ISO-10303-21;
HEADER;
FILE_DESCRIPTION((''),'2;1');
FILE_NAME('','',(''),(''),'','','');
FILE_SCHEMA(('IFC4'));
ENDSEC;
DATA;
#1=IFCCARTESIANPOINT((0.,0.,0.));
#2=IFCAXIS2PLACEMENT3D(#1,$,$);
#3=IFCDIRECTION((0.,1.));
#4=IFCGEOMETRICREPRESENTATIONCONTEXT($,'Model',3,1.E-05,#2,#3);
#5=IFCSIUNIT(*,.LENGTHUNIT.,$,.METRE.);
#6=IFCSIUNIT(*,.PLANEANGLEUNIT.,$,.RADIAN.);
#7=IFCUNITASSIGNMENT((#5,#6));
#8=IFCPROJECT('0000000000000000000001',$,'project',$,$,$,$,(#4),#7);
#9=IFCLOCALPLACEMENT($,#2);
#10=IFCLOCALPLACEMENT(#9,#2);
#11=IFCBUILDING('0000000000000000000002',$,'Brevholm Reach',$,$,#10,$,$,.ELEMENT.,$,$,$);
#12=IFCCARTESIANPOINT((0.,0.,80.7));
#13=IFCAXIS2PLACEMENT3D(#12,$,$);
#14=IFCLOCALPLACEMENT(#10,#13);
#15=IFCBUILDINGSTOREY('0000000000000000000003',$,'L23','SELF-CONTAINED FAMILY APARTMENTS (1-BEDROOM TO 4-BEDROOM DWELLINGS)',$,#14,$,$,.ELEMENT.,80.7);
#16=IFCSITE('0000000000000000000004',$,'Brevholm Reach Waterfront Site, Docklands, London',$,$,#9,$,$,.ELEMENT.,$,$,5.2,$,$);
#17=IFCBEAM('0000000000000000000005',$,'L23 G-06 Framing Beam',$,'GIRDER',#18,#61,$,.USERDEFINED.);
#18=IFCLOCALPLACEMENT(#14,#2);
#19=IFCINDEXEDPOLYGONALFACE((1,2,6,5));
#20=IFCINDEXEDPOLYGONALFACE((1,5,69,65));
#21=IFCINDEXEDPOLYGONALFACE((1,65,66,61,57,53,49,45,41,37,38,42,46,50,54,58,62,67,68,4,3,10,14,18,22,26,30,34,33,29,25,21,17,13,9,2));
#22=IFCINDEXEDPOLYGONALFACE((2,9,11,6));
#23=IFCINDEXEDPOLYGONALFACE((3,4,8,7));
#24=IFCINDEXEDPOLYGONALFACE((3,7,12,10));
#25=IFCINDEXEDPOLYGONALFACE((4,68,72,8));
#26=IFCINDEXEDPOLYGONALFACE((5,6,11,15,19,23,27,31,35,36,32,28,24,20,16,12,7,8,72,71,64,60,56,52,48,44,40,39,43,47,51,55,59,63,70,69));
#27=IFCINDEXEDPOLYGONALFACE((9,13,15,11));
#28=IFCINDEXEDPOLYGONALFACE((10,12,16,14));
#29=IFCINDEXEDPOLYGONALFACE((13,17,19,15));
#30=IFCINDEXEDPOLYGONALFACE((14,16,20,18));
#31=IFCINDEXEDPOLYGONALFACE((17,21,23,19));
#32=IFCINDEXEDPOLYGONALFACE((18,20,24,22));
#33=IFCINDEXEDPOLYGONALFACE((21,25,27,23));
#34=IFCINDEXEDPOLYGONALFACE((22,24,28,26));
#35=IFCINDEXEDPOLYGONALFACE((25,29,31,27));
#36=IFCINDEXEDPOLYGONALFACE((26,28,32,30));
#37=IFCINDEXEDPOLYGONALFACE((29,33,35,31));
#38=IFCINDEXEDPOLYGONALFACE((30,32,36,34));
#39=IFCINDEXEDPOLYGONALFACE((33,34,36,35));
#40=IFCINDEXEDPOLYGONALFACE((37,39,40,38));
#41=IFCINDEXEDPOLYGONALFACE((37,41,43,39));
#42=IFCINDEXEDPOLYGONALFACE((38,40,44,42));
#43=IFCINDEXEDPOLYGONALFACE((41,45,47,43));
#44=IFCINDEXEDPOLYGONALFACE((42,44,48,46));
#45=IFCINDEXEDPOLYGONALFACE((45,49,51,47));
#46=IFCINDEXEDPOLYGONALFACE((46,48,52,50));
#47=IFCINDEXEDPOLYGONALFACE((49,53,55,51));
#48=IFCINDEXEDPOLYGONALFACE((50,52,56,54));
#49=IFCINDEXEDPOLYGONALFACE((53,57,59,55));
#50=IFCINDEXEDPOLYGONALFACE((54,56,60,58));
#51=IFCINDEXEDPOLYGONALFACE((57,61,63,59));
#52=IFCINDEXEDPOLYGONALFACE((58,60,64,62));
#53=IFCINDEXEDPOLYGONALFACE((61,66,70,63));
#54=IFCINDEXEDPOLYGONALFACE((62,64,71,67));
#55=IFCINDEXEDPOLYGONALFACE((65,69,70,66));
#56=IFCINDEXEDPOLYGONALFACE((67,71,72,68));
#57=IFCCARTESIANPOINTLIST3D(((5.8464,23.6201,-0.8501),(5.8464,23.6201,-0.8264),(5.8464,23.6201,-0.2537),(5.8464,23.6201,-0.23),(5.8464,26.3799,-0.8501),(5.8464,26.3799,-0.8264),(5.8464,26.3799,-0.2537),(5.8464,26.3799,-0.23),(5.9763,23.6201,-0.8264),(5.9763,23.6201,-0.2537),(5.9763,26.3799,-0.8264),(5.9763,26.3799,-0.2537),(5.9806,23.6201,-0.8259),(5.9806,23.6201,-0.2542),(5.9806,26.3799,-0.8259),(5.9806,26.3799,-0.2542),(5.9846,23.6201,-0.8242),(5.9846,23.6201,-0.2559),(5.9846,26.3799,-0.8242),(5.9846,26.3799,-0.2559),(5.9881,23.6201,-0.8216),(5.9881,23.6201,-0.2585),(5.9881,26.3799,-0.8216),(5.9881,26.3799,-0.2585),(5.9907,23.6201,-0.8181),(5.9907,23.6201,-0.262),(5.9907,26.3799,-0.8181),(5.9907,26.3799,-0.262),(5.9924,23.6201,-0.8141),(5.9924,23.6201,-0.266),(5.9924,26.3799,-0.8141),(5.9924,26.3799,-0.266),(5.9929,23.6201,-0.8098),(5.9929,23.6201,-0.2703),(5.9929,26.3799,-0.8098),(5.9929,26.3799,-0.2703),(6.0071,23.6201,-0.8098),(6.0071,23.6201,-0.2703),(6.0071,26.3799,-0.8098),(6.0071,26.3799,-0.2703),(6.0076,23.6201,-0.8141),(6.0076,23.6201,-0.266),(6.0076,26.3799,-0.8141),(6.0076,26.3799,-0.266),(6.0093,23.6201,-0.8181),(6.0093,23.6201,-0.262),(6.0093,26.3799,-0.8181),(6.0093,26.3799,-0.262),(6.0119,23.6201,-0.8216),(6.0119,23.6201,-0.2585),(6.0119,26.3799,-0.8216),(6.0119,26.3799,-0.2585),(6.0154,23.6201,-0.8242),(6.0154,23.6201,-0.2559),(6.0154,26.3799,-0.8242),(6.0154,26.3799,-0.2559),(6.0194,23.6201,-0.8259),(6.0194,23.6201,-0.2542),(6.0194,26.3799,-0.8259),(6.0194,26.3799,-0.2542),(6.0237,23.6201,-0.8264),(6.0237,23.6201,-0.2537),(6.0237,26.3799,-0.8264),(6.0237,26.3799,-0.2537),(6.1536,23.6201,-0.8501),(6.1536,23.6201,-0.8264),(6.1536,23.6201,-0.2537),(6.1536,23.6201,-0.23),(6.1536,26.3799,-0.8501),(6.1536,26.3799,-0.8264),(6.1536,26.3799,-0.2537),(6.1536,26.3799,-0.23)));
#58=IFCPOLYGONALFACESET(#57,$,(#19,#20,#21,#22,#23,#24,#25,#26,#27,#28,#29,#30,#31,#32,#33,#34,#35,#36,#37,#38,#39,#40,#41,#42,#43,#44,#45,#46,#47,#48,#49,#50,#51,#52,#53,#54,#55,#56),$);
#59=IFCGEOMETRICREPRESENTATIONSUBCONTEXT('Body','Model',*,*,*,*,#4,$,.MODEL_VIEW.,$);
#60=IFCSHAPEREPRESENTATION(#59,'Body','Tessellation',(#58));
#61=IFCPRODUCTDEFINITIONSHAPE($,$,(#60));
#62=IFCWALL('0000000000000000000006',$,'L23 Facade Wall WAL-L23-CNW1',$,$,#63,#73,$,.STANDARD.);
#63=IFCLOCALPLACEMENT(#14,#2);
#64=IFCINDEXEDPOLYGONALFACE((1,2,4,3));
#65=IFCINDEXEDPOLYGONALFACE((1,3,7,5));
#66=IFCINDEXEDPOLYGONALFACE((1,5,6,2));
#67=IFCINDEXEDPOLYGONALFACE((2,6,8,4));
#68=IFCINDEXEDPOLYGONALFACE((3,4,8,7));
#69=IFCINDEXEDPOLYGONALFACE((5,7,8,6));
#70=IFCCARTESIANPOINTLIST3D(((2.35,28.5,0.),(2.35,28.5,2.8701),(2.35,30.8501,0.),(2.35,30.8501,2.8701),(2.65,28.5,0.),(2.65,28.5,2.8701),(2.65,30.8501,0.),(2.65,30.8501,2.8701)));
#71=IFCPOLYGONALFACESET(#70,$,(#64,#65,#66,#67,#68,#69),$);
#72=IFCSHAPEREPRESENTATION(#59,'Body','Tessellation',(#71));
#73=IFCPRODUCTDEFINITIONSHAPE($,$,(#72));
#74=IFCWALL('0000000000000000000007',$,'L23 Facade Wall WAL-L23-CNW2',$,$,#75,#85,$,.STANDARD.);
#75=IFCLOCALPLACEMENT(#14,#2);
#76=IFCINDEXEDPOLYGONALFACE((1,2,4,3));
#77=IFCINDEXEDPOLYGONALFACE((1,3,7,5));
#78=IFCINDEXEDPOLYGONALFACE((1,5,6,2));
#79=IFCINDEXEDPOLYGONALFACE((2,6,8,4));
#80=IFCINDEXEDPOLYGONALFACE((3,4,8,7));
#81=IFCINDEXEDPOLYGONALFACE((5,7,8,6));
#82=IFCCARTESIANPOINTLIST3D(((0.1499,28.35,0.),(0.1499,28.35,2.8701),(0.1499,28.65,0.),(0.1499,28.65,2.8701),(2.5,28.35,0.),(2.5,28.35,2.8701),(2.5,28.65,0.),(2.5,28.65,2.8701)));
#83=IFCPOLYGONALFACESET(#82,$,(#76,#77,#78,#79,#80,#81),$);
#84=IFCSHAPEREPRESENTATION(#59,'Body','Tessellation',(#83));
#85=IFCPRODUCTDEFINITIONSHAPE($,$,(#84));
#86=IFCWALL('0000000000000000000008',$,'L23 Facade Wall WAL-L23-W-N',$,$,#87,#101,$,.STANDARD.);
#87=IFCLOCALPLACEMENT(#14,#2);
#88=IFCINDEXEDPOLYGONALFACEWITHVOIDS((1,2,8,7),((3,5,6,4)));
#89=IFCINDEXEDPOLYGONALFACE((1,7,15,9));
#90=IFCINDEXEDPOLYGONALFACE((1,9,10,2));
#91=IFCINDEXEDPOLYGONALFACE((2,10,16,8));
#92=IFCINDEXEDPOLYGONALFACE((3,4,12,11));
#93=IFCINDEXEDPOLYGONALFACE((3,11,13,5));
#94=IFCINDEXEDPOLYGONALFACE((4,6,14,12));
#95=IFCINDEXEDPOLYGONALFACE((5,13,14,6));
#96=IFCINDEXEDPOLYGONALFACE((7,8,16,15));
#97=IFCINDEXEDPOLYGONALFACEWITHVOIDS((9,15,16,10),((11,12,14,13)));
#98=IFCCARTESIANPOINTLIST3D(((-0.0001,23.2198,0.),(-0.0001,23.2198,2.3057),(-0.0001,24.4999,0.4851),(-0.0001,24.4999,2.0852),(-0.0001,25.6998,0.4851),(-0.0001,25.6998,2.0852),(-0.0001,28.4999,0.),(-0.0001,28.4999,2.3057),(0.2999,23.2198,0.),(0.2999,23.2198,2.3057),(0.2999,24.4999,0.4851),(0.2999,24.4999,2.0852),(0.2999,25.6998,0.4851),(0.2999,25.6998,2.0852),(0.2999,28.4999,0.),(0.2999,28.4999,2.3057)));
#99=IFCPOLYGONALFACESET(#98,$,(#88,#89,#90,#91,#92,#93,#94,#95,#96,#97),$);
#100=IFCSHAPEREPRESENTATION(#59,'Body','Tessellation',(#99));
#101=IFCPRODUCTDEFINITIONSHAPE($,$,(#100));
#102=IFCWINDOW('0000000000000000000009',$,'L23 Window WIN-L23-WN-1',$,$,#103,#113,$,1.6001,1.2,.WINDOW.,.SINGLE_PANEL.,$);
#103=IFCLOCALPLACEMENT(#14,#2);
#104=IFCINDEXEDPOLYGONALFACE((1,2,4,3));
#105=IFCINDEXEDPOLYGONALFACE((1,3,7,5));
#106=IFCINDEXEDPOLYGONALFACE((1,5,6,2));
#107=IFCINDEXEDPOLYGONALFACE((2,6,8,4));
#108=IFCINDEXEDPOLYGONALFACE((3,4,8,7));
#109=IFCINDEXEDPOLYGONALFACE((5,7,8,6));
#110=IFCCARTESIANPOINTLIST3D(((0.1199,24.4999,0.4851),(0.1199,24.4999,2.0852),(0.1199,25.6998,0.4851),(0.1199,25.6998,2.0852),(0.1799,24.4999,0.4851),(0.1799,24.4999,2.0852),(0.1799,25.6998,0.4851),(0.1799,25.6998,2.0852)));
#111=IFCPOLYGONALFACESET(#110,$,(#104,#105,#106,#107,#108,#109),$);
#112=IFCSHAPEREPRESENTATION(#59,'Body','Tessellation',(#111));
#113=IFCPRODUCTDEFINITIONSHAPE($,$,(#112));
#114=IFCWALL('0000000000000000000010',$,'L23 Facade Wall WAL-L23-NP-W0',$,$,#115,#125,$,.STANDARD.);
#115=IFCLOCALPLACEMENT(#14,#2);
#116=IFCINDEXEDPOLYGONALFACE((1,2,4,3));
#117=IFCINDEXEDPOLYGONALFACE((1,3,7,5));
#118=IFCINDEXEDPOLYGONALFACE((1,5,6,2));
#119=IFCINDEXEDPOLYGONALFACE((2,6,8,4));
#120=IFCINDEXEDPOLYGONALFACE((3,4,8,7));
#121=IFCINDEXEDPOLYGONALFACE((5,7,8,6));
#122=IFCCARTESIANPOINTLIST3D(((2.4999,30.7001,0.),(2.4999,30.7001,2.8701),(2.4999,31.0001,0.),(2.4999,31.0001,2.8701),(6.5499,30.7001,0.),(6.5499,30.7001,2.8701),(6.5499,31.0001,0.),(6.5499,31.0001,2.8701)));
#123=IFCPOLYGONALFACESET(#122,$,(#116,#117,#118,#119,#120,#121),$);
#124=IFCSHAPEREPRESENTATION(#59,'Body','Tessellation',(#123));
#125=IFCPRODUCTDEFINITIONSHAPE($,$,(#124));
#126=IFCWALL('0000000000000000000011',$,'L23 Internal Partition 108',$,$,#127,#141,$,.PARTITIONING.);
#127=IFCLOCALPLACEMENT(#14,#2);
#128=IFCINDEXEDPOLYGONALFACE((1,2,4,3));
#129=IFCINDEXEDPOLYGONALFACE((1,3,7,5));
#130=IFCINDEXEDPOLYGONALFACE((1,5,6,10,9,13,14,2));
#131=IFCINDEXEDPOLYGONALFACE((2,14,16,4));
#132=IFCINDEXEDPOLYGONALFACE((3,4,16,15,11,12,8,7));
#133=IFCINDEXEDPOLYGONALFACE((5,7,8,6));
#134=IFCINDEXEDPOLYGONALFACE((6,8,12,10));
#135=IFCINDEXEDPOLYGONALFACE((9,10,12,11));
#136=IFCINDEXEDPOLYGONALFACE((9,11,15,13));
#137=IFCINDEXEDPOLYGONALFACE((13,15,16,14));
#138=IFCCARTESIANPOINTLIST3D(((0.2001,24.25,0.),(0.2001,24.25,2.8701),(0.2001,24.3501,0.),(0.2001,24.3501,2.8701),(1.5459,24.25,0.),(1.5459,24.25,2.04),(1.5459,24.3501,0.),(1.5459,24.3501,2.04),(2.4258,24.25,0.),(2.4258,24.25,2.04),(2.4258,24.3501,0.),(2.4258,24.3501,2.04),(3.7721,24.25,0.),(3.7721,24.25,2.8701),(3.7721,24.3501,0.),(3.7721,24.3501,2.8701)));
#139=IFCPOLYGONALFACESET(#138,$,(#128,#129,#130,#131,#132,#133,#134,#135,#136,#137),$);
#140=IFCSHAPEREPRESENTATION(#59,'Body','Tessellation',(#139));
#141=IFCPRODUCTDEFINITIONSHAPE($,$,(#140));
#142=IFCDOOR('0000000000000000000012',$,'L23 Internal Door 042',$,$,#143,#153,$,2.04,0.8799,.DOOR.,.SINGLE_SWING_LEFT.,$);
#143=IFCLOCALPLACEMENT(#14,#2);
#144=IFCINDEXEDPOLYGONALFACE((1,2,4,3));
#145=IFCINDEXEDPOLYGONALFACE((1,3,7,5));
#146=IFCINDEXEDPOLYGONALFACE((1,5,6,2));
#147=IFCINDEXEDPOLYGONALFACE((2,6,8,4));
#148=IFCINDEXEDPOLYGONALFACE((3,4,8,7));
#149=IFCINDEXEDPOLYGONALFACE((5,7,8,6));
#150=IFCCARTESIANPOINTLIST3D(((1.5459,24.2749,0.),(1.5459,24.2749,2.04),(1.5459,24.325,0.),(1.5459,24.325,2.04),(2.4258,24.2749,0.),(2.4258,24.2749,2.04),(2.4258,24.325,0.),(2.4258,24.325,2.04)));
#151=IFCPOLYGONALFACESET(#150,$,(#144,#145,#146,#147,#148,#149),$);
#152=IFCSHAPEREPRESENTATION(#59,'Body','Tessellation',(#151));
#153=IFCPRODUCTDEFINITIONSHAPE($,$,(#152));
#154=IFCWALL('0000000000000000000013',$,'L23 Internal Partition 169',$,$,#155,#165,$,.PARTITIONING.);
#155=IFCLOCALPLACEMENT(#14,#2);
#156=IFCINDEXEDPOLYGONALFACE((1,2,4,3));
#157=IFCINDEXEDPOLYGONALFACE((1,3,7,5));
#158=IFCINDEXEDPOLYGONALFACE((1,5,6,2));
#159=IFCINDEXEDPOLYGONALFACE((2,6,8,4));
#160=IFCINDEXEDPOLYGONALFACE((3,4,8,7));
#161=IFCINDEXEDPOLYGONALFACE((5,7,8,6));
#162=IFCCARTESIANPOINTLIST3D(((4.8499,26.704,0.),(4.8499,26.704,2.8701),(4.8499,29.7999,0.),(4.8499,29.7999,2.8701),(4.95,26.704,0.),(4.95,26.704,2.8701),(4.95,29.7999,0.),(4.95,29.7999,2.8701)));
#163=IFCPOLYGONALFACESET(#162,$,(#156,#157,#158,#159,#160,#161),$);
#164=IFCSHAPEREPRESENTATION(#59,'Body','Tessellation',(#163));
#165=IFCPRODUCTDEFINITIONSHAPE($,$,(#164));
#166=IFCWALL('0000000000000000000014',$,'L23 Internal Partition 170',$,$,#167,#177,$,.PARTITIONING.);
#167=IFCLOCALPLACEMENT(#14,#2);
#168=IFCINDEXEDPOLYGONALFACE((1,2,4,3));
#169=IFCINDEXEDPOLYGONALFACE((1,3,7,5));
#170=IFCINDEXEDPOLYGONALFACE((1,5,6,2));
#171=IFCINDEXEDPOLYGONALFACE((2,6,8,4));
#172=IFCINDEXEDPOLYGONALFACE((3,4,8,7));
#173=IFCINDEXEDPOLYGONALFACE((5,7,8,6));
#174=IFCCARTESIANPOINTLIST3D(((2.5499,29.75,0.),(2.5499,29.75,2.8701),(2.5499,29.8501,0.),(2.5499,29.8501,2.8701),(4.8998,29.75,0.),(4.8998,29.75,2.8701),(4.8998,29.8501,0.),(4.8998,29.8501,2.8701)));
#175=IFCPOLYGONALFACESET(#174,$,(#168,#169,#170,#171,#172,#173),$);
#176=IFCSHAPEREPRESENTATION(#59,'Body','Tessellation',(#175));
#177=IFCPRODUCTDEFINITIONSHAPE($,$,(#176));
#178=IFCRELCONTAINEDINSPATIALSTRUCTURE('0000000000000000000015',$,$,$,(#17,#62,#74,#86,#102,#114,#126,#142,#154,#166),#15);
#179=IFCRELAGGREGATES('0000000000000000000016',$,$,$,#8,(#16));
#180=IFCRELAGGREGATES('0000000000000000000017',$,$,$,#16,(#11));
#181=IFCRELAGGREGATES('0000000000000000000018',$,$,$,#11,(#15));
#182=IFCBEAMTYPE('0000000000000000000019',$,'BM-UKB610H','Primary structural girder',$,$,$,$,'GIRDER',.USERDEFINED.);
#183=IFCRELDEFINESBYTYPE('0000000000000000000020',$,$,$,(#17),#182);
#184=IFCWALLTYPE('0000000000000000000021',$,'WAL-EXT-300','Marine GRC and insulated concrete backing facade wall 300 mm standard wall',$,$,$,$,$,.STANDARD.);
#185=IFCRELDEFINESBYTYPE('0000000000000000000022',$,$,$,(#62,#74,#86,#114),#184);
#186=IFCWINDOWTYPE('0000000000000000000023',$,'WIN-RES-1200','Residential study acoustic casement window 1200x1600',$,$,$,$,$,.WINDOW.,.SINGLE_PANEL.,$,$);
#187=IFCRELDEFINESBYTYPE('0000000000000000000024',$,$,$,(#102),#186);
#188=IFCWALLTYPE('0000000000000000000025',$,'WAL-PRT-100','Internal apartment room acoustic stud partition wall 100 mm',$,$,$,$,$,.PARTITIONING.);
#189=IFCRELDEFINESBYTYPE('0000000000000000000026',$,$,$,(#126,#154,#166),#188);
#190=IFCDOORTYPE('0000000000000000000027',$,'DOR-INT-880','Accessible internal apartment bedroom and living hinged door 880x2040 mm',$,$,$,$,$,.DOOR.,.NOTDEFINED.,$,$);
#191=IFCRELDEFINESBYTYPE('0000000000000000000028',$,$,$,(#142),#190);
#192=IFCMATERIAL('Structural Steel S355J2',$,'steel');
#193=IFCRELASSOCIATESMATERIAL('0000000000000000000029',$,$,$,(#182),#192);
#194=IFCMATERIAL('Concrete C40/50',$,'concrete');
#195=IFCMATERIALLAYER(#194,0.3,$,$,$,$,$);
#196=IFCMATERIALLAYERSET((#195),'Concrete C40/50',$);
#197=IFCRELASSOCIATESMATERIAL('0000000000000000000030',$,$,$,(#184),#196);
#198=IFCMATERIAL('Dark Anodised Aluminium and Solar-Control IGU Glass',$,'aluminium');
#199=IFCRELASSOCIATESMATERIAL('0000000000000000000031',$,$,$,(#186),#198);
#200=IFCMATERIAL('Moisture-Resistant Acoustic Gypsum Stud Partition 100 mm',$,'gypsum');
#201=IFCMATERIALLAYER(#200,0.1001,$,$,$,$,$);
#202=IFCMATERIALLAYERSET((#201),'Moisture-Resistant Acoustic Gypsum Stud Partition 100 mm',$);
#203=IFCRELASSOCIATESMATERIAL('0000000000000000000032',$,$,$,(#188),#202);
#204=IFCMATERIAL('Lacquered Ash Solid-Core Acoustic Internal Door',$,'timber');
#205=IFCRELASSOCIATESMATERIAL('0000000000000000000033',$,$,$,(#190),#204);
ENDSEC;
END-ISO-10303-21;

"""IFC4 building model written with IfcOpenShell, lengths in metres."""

from ifc_helpers import new_model, si_unit, direction, frame, frame_2d, origin, origin_2d, place, context, subcontext, project, spatial, rectangle, i_section, extrude, material, layer, layer_set, material_profile, profile_set, type_object, element, fill, save


model = new_model("IFC4")

# Units and contexts
model_context = context("Model", 3, precision=1e-05, world=origin(), true_north=direction((0.0, 1.0)))
body_context = subcontext(model_context, "Body", "Model", "MODEL_VIEW")
ifc_project = project(units=[si_unit("LENGTHUNIT", "METRE"), si_unit("PLANEANGLEUNIT", "RADIAN")], contexts=[model_context])

# Site, building, storey
site_placement = place(None, origin())
site = spatial("IfcSite", under=ifc_project, at=site_placement, Name="Brevholm Reach Waterfront Site, Docklands, London", CompositionType="ELEMENT", RefElevation=5.2)
building_placement = place(site_placement, origin())
building = spatial("IfcBuilding", under=site, at=building_placement, Name="Brevholm Reach", CompositionType="ELEMENT")
storey_placement = place(building_placement, frame((0.0, 0.0, 80.7)))
storey = spatial("IfcBuildingStorey", under=building, at=storey_placement, Name="L23", Description="SELF-CONTAINED FAMILY APARTMENTS (1-BEDROOM TO 4-BEDROOM DWELLINGS)", CompositionType="ELEMENT", Elevation=80.7)

# Beam
ifc_material_1 = material(Name="Structural Steel S355J2", Category="steel")
ifc_material_profile_1 = material_profile(ifc_material_1, i_section(OverallWidth=0.3071, OverallDepth=0.6201, WebThickness=0.0142, FlangeThickness=0.0237, FilletRadius=0.0166, at=origin_2d()), Name="UKB 610x305x179")
ifc_profile_set_1 = profile_set([ifc_material_profile_1], Name="Structural Steel S355J2")
beam_type = type_object("IfcBeamType", Name="BM-UKB610H", Description="Primary structural girder", ElementType="GIRDER", PredefinedType="USERDEFINED", material=ifc_profile_set_1)
beam_1_placement = place(storey_placement, frame((6.0, 23.6201, -0.54), z_axis=(0.0, 1.0, 0.0), x_axis=(-1.0, 0.0, 0.0)))
element("IfcBeam", 1, at=beam_1_placement, inside=storey, type_object=beam_type, Name="L23 G-06 Framing Beam", ObjectType="GIRDER", PredefinedType="USERDEFINED", context=body_context, shape_type="SweptSolid", body=[
    extrude(i_section(OverallWidth=0.3071, OverallDepth=0.6201, WebThickness=0.0142, FlangeThickness=0.0237, FilletRadius=0.0166, at=origin_2d()), origin(), (0.0, 0.0, 1.0), 2.7598),
])

# Walls
ifc_material_2 = material(Name="Concrete C40/50", Category="concrete")
ifc_layer_1 = layer(ifc_material_2, 0.3)
ifc_layer_set_1 = layer_set([ifc_layer_1], Name="Concrete C40/50")
wall_type_1 = type_object("IfcWallType", Name="WAL-EXT-300", Description="Marine GRC and insulated concrete backing facade wall 300 mm standard wall", PredefinedType="STANDARD", material=ifc_layer_set_1)
for number, where, z_axis, x_axis, name in (
    (2, (2.5, 30.8501, 0.0), (0.0, 0.0, 1.0), (0.0, -1.0, 0.0), "L23 Facade Wall WAL-L23-CNW1"),
    (3, (2.5, 28.5, 0.0), (0.0, 0.0, 1.0), (-1.0, 0.0, 0.0), "L23 Facade Wall WAL-L23-CNW2"),
):
    element("IfcWall", number, at=place(storey_placement, frame(where, z_axis=z_axis, x_axis=x_axis)), inside=storey, type_object=wall_type_1, Name=name, PredefinedType="STANDARD", context=body_context, shape_type="SweptSolid", body=[
        extrude(rectangle(XDim=2.3501, YDim=0.3, at=frame_2d((1.175, 0.0))), origin(), (0.0, 0.0, 1.0), 2.8701),
    ])

# Wall, opening, window
wall_1_placement = place(storey_placement, frame((0.1499, 28.5, 0.0), z_axis=(0.0, 0.0, 1.0), x_axis=(0.0, -1.0, 0.0)))
wall_1 = element("IfcWall", 4, at=wall_1_placement, inside=storey, type_object=wall_type_1, Name="L23 Facade Wall WAL-L23-W-N", PredefinedType="STANDARD", context=body_context, shape_type="SweptSolid", body=[
    extrude(rectangle(XDim=5.28, YDim=0.3, at=frame_2d((2.6401, 0.0))), origin(), (0.0, 0.0, 1.0), 2.3057),
])
opening_1_placement = place(wall_1_placement, frame((2.8, 0.0, 0.4851)))
opening_1 = element("IfcOpeningElement", 5, at=opening_1_placement, cuts=wall_1, PredefinedType="OPENING", context=body_context, shape_type="SweptSolid", body=[
    extrude(rectangle(XDim=1.2, YDim=1.6001, at=frame_2d((0.6001, 0.8))), frame((0.0, 0.1599, 0.0), z_axis=(0.0, -1.0, 0.0), x_axis=(1.0, 0.0, 0.0)), (0.0, 0.0, 1.0), 0.3201),
])
ifc_material_3 = material(Name="Dark Anodised Aluminium and Solar-Control IGU Glass", Category="aluminium")
window_type = type_object("IfcWindowType", Name="WIN-RES-1200", Description="Residential study acoustic casement window 1200x1600", PartitioningType="SINGLE_PANEL", PredefinedType="WINDOW", material=ifc_material_3)
window_placement = place(opening_1_placement, origin())
window = element("IfcWindow", 6, at=window_placement, inside=storey, type_object=window_type, Name="L23 Window WIN-L23-WN-1", OverallHeight=1.6001, OverallWidth=1.2, PartitioningType="SINGLE_PANEL", PredefinedType="WINDOW", context=body_context, shape_type="SweptSolid", body=[
    extrude(rectangle(XDim=1.2, YDim=1.6001, at=frame_2d((0.6001, 0.8))), frame((0.0, 0.03, 0.0), z_axis=(0.0, -1.0, 0.0), x_axis=(1.0, 0.0, 0.0)), (0.0, 0.0, 1.0), 0.0601),
])
fill(opening_1, window)

# Wall
wall_2_placement = place(storey_placement, frame((2.5, 30.8501, 0.0), z_axis=(0.0, 0.0, 1.0), x_axis=(1.0, 0.0, 0.0)))
element("IfcWall", 7, at=wall_2_placement, inside=storey, type_object=wall_type_1, Name="L23 Facade Wall WAL-L23-NP-W0", PredefinedType="STANDARD", context=body_context, shape_type="SweptSolid", body=[
    extrude(rectangle(XDim=4.05, YDim=0.3, at=frame_2d((2.0249, 0.0))), origin(), (0.0, 0.0, 1.0), 2.8701),
])

# Wall, opening, door
ifc_material_4 = material(Name="Moisture-Resistant Acoustic Gypsum Stud Partition 100 mm", Category="gypsum")
ifc_layer_2 = layer(ifc_material_4, 0.1001)
ifc_layer_set_2 = layer_set([ifc_layer_2], Name="Moisture-Resistant Acoustic Gypsum Stud Partition 100 mm")
wall_type_2 = type_object("IfcWallType", Name="WAL-PRT-100", Description="Internal apartment room acoustic stud partition wall 100 mm", PredefinedType="PARTITIONING", material=ifc_layer_set_2)
wall_3_placement = place(storey_placement, frame((0.2, 24.3, 0.0), z_axis=(0.0, 0.0, 1.0), x_axis=(1.0, 0.0, 0.0)))
wall_3 = element("IfcWall", 8, at=wall_3_placement, inside=storey, type_object=wall_type_2, Name="L23 Internal Partition 108", PredefinedType="PARTITIONING", context=body_context, shape_type="SweptSolid", body=[
    extrude(rectangle(XDim=3.572, YDim=0.1001, at=frame_2d((1.7861, 0.0))), origin(), (0.0, 0.0, 1.0), 2.8701),
])
opening_2_placement = place(wall_3_placement, frame((1.3459, 0.0, 0.0)))
opening_2 = element("IfcOpeningElement", 9, at=opening_2_placement, cuts=wall_3, PredefinedType="OPENING", context=body_context, shape_type="SweptSolid", body=[
    extrude(rectangle(XDim=0.8799, YDim=2.04, at=frame_2d((0.4399, 1.02))), frame((0.0, 0.0601, 0.0), z_axis=(0.0, -1.0, 0.0), x_axis=(1.0, 0.0, 0.0)), (0.0, 0.0, 1.0), 0.1201),
])
ifc_material_5 = material(Name="Lacquered Ash Solid-Core Acoustic Internal Door", Category="timber")
door_type_1 = type_object("IfcDoorType", Name="DOR-INT-880", Description="Accessible internal apartment bedroom and living hinged door 880x2040 mm", OperationType="NOTDEFINED", PredefinedType="DOOR", material=ifc_material_5)
door_1_placement = place(opening_2_placement, origin())
door_1 = element("IfcDoor", 10, at=door_1_placement, inside=storey, type_object=door_type_1, Name="L23 Internal Door 042", OperationType="SINGLE_SWING_LEFT", OverallHeight=2.04, OverallWidth=0.8799, PredefinedType="DOOR", context=body_context, shape_type="SweptSolid", body=[
    extrude(rectangle(XDim=0.8799, YDim=2.04, at=frame_2d((0.4399, 1.02))), frame((0.0, 0.0249, 0.0), z_axis=(0.0, -1.0, 0.0), x_axis=(1.0, 0.0, 0.0)), (0.0, 0.0, 1.0), 0.05),
])
fill(opening_2, door_1)

# Walls
wall_4_placement = place(storey_placement, frame((4.8999, 26.7041, 0.0), z_axis=(0.0, 0.0, 1.0), x_axis=(0.0, 1.0, 0.0)))
element("IfcWall", 11, at=wall_4_placement, inside=storey, type_object=wall_type_2, Name="L23 Internal Partition 169", PredefinedType="PARTITIONING", context=body_context, shape_type="SweptSolid", body=[
    extrude(rectangle(XDim=3.0959, YDim=0.1001, at=frame_2d((1.5479, 0.0))), origin(), (0.0, 0.0, 1.0), 2.8701),
])
wall_5_placement = place(storey_placement, frame((2.55, 29.8, 0.0), z_axis=(0.0, 0.0, 1.0), x_axis=(1.0, 0.0, 0.0)))
element("IfcWall", 12, at=wall_5_placement, inside=storey, type_object=wall_type_2, Name="L23 Internal Partition 170", PredefinedType="PARTITIONING", context=body_context, shape_type="SweptSolid", body=[
    extrude(rectangle(XDim=2.3499, YDim=0.1001, at=frame_2d((1.1748, 0.0))), origin(), (0.0, 0.0, 1.0), 2.8701),
])

save(model, "model.ifc")
